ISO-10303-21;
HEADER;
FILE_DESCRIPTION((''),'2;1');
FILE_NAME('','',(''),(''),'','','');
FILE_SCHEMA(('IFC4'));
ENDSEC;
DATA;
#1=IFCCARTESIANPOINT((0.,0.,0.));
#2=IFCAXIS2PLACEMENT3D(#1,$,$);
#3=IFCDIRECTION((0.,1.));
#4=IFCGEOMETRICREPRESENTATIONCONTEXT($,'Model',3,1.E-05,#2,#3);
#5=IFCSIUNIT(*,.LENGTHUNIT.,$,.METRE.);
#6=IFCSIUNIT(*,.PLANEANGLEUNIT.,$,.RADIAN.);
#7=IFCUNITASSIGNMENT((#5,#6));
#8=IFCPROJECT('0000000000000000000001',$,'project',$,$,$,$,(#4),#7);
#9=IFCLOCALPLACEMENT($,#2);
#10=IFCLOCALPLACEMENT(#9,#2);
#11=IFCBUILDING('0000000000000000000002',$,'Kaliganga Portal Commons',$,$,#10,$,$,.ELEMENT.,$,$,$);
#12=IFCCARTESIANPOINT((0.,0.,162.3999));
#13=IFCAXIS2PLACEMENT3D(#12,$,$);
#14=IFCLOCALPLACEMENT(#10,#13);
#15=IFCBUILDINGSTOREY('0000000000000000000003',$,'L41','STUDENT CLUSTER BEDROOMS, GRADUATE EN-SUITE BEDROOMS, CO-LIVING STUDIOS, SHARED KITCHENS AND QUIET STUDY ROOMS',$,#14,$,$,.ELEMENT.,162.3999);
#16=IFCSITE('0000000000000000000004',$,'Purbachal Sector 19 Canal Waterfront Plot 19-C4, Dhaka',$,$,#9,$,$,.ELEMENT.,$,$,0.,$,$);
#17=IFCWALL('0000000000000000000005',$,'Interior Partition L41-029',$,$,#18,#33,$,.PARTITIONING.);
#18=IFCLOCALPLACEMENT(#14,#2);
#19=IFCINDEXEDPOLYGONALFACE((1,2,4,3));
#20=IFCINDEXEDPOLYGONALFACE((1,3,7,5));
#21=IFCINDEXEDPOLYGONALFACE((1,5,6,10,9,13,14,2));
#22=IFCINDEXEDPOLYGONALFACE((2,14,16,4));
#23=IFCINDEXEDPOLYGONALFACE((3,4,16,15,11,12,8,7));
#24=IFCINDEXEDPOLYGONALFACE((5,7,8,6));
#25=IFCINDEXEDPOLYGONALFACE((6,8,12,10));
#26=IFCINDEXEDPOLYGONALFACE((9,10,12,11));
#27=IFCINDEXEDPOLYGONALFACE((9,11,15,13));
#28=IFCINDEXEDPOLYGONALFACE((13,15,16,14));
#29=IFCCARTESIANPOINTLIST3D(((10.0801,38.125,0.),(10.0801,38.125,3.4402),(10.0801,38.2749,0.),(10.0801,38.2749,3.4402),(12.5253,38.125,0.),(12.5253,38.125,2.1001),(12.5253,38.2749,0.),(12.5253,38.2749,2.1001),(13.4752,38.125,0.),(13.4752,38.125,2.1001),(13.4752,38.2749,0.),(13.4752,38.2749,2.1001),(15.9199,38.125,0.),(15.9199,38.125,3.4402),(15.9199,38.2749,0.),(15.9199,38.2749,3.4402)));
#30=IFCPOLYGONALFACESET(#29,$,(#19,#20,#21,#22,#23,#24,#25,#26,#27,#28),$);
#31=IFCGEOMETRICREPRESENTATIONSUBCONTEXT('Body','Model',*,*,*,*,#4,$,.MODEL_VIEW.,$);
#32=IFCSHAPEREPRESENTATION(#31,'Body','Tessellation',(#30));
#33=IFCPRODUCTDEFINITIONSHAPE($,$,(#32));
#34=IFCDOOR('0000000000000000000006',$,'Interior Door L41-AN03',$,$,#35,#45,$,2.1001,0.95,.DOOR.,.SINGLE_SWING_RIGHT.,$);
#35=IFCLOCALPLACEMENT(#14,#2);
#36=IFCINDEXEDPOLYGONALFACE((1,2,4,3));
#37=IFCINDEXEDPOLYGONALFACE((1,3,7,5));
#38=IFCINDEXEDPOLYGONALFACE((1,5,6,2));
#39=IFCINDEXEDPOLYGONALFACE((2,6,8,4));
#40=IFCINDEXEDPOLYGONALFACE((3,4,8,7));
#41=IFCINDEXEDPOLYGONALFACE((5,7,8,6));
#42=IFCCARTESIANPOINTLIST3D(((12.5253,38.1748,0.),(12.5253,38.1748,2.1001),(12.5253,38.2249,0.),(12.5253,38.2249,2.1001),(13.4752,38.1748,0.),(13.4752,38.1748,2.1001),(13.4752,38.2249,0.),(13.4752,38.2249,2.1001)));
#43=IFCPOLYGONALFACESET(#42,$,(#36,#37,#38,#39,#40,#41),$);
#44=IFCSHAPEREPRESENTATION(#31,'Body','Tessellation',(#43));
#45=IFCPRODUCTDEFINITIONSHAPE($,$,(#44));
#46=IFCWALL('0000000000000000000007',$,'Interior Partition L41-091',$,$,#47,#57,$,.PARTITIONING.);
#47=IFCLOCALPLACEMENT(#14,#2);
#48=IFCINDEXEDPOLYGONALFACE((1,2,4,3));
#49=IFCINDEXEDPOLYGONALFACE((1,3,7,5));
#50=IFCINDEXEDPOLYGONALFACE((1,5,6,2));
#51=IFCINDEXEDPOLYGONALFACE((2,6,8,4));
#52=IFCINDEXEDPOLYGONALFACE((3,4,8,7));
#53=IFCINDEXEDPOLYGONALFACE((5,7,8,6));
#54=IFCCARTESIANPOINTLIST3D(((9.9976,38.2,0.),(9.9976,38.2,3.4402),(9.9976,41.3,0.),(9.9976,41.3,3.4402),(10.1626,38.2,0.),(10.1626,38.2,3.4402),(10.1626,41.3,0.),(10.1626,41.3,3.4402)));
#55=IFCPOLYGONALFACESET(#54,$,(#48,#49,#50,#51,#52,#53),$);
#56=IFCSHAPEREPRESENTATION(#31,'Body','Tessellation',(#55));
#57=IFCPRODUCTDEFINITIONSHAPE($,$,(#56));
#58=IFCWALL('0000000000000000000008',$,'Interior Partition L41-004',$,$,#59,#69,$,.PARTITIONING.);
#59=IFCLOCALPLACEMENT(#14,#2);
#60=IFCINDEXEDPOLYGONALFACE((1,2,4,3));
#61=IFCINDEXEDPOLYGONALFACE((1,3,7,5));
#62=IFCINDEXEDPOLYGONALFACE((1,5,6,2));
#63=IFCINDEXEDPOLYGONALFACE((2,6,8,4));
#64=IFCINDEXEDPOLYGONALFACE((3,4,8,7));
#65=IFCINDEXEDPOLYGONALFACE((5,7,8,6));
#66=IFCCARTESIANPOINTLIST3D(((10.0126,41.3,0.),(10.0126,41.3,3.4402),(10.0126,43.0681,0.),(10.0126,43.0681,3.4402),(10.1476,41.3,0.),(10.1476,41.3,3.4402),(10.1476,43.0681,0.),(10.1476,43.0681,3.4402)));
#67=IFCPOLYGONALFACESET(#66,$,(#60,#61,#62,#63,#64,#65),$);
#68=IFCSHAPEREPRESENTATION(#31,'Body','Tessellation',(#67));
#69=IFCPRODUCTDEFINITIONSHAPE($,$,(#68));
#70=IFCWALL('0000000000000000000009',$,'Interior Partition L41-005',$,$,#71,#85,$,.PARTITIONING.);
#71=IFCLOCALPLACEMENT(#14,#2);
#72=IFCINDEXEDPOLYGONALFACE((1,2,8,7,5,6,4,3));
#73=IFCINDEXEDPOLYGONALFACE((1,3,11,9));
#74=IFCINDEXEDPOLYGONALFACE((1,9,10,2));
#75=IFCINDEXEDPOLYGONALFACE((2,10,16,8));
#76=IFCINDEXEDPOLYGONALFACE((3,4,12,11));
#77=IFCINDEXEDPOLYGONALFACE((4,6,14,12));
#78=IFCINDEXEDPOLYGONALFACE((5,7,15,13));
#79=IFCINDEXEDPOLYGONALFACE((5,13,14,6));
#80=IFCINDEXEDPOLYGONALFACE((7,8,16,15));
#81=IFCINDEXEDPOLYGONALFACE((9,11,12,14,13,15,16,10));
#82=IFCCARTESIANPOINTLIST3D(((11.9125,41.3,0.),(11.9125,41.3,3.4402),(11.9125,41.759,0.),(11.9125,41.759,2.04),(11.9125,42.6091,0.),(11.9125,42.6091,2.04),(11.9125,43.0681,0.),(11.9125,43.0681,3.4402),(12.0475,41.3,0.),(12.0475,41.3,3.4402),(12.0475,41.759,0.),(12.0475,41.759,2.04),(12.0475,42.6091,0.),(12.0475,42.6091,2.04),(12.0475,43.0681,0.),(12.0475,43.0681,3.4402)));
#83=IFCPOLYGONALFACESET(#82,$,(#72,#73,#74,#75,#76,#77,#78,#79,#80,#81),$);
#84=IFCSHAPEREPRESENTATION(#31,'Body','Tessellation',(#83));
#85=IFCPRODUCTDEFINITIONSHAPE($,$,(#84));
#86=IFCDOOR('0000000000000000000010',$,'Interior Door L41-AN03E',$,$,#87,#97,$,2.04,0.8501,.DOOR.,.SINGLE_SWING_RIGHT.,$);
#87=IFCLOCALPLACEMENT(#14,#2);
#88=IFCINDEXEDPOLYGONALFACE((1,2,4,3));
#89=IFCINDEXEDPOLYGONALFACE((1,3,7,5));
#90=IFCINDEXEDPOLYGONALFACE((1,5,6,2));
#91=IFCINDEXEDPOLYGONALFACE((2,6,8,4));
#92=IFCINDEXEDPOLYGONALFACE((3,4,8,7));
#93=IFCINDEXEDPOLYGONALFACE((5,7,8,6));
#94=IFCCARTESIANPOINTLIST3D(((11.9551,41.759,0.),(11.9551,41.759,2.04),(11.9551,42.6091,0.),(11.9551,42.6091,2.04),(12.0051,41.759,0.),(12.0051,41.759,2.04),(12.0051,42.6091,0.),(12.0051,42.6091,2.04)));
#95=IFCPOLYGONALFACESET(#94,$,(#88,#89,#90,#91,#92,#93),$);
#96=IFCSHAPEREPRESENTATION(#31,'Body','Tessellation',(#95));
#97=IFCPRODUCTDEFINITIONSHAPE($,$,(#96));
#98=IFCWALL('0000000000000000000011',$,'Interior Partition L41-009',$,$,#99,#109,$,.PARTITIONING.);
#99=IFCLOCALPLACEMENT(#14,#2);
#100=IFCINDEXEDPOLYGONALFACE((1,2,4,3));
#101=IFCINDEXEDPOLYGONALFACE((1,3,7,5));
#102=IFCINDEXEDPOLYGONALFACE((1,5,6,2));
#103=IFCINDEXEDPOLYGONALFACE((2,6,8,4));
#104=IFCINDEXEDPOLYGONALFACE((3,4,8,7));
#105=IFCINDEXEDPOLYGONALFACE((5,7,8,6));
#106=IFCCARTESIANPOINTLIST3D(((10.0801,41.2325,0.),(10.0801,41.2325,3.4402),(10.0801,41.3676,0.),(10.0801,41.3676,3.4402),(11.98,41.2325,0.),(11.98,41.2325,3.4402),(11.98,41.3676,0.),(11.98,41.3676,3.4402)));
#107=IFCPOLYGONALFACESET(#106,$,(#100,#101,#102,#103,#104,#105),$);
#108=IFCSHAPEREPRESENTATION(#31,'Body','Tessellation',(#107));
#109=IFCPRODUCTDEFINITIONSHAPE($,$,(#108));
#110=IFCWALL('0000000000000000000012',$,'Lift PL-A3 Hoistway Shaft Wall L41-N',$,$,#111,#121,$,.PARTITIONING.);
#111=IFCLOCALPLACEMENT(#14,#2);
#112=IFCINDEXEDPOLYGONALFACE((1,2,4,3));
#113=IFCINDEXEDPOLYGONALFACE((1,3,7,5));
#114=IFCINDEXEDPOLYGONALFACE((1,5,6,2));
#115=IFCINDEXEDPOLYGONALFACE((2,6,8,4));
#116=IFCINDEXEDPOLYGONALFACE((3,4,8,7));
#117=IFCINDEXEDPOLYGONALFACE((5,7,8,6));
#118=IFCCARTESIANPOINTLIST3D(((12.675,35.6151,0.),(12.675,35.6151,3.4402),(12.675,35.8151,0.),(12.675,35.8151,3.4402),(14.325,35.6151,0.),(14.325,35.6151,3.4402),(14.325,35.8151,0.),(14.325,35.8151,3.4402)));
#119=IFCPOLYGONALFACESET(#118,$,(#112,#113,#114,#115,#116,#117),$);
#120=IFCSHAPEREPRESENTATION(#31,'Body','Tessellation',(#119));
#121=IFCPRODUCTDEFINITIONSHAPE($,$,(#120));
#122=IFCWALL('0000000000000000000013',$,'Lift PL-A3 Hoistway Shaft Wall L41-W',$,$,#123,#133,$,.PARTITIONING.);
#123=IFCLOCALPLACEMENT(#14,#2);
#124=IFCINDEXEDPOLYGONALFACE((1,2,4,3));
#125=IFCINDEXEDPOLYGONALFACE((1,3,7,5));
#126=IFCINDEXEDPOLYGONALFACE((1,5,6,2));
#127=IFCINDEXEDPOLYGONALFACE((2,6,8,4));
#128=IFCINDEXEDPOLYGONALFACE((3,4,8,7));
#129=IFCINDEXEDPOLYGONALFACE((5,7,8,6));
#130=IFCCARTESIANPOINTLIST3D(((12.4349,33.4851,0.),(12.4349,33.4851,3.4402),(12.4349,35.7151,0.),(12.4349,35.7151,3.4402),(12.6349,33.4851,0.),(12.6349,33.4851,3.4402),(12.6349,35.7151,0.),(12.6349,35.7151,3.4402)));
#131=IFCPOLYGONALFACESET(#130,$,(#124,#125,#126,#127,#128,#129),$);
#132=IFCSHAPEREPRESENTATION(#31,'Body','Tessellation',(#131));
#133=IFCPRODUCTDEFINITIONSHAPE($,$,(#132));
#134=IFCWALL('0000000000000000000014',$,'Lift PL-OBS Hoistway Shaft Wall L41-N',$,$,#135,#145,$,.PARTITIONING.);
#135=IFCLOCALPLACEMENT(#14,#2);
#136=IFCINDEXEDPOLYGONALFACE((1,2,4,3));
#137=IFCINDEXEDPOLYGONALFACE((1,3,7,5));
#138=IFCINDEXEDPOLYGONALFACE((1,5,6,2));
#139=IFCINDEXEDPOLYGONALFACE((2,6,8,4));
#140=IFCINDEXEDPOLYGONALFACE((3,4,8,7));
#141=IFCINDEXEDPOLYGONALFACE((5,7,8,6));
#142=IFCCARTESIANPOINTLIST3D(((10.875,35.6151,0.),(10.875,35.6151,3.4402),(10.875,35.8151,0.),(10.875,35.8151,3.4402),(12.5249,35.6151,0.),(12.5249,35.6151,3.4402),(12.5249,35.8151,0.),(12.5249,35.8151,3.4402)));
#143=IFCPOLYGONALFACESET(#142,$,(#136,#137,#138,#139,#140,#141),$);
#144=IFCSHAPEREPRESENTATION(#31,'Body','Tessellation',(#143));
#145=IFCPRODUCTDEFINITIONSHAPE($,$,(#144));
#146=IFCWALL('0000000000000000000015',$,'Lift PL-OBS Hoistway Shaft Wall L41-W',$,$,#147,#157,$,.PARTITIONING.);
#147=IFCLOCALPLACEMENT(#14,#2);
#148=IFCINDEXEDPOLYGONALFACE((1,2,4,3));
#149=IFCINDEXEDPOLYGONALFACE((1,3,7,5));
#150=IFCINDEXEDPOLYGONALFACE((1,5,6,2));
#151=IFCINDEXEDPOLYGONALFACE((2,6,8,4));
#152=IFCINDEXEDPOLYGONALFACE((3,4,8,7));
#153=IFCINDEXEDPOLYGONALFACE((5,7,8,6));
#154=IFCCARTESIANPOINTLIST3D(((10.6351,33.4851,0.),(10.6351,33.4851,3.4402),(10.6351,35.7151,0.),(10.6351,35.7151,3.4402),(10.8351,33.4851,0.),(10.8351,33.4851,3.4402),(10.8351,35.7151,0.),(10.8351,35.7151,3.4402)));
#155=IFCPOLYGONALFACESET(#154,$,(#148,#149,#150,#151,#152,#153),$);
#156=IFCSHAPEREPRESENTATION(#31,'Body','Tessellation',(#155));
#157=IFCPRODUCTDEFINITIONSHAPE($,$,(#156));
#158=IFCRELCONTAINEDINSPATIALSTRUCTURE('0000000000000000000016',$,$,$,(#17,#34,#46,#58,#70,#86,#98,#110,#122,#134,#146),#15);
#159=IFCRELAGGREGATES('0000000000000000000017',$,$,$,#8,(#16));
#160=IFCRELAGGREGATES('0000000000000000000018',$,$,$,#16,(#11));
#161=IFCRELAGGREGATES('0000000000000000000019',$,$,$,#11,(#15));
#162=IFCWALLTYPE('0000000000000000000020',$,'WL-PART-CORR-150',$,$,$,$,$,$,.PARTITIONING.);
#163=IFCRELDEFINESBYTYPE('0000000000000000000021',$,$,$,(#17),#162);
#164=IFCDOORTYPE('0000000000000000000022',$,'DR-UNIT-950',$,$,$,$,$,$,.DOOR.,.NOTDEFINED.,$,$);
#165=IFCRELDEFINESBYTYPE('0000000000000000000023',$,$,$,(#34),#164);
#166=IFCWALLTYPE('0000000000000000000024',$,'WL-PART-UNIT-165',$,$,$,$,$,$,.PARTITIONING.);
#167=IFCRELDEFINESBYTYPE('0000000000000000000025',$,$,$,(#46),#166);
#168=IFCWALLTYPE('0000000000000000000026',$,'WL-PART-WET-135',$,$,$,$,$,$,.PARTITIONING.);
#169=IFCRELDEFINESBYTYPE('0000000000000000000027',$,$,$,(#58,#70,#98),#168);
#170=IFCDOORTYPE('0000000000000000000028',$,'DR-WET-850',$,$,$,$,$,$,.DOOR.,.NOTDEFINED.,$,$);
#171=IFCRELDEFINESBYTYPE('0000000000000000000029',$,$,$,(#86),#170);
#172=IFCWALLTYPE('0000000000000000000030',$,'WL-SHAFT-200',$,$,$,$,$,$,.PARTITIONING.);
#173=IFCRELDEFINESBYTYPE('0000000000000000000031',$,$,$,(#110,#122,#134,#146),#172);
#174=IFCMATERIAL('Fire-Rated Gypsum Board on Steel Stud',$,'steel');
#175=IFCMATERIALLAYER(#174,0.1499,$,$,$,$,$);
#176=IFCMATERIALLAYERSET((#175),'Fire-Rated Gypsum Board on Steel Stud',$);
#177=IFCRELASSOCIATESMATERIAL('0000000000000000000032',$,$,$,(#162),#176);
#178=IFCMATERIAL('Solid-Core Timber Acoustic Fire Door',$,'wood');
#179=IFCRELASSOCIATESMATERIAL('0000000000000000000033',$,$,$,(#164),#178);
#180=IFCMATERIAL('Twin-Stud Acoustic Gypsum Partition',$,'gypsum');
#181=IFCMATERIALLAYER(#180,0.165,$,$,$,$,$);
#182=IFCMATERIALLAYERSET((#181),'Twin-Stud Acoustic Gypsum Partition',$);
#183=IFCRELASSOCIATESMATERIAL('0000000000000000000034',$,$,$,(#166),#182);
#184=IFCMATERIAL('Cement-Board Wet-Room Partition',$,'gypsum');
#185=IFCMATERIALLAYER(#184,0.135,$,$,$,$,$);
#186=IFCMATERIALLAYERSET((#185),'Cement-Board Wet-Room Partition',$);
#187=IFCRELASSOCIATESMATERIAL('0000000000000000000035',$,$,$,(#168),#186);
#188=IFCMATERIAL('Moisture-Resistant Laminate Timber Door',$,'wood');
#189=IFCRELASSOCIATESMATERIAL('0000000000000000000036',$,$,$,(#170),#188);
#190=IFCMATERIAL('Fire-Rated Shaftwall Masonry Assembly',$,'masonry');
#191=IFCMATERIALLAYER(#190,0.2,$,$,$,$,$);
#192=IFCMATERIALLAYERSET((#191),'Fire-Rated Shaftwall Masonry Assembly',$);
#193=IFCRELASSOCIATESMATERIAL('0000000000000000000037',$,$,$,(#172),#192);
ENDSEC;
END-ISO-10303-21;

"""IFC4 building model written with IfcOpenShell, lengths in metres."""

from ifc_helpers import new_model, si_unit, direction, frame, frame_2d, origin, place, context, subcontext, project, spatial, rectangle, extrude, material, layer, layer_set, type_object, element, fill, save


model = new_model("IFC4")

# Units and contexts
model_context = context("Model", 3, precision=1e-05, world=origin(), true_north=direction((0.0, 1.0)))
body_context = subcontext(model_context, "Body", "Model", "MODEL_VIEW")
ifc_project = project(units=[si_unit("LENGTHUNIT", "METRE"), si_unit("PLANEANGLEUNIT", "RADIAN")], contexts=[model_context])

# Site, building, storey
site_placement = place(None, origin())
site = spatial("IfcSite", under=ifc_project, at=site_placement, Name="Purbachal Sector 19 Canal Waterfront Plot 19-C4, Dhaka", CompositionType="ELEMENT", RefElevation=0.0)
building_placement = place(site_placement, origin())
building = spatial("IfcBuilding", under=site, at=building_placement, Name="Kaliganga Portal Commons", CompositionType="ELEMENT")
storey_placement = place(building_placement, frame((0.0, 0.0, 162.3999)))
storey = spatial("IfcBuildingStorey", under=building, at=storey_placement, Name="L41", Description="STUDENT CLUSTER BEDROOMS, GRADUATE EN-SUITE BEDROOMS, CO-LIVING STUDIOS, SHARED KITCHENS AND QUIET STUDY ROOMS", CompositionType="ELEMENT", Elevation=162.3999)

# Wall, opening, door
ifc_material_1 = material(Name="Fire-Rated Gypsum Board on Steel Stud", Category="steel")
ifc_layer_1 = layer(ifc_material_1, 0.1499)
ifc_layer_set_1 = layer_set([ifc_layer_1], Name="Fire-Rated Gypsum Board on Steel Stud")
wall_type_1 = type_object("IfcWallType", Name="WL-PART-CORR-150", PredefinedType="PARTITIONING", material=ifc_layer_set_1)
wall_1_placement = place(storey_placement, frame((10.0801, 38.2, 0.0), z_axis=(0.0, 0.0, 1.0), x_axis=(1.0, 0.0, 0.0)))
wall_1 = element("IfcWall", 1, at=wall_1_placement, inside=storey, type_object=wall_type_1, Name="Interior Partition L41-029", PredefinedType="PARTITIONING", context=body_context, shape_type="SweptSolid", body=[
    extrude(rectangle(XDim=5.8398, YDim=0.1499, at=frame_2d((2.9199, 0.0))), origin(), (0.0, 0.0, 1.0), 3.4402),
])
opening_1_placement = place(wall_1_placement, frame((2.4451, 0.0, 0.0)))
opening_1 = element("IfcOpeningElement", 2, at=opening_1_placement, cuts=wall_1, PredefinedType="OPENING", context=body_context, shape_type="SweptSolid", body=[
    extrude(rectangle(XDim=0.95, YDim=2.1001, at=frame_2d((0.4751, 1.05))), frame((0.0, 0.085, 0.0), z_axis=(0.0, -1.0, 0.0), x_axis=(1.0, 0.0, 0.0)), (0.0, 0.0, 1.0), 0.1699),
])
ifc_material_2 = material(Name="Solid-Core Timber Acoustic Fire Door", Category="wood")
door_type_1 = type_object("IfcDoorType", Name="DR-UNIT-950", OperationType="NOTDEFINED", PredefinedType="DOOR", material=ifc_material_2)
door_1_placement = place(opening_1_placement, origin())
door_1 = element("IfcDoor", 3, at=door_1_placement, inside=storey, type_object=door_type_1, Name="Interior Door L41-AN03", OperationType="SINGLE_SWING_RIGHT", OverallHeight=2.1001, OverallWidth=0.95, PredefinedType="DOOR", context=body_context, shape_type="SweptSolid", body=[
    extrude(rectangle(XDim=0.95, YDim=2.1001, at=frame_2d((0.4751, 1.05))), frame((0.0, 0.0249, 0.0), z_axis=(0.0, -1.0, 0.0), x_axis=(1.0, 0.0, 0.0)), (0.0, 0.0, 1.0), 0.05),
])
fill(opening_1, door_1)

# Walls
ifc_material_3 = material(Name="Twin-Stud Acoustic Gypsum Partition", Category="gypsum")
ifc_layer_2 = layer(ifc_material_3, 0.165)
ifc_layer_set_2 = layer_set([ifc_layer_2], Name="Twin-Stud Acoustic Gypsum Partition")
wall_type_2 = type_object("IfcWallType", Name="WL-PART-UNIT-165", PredefinedType="PARTITIONING", material=ifc_layer_set_2)
wall_2_placement = place(storey_placement, frame((10.0801, 38.2, 0.0), z_axis=(0.0, 0.0, 1.0), x_axis=(0.0, 1.0, 0.0)))
element("IfcWall", 4, at=wall_2_placement, inside=storey, type_object=wall_type_2, Name="Interior Partition L41-091", PredefinedType="PARTITIONING", context=body_context, shape_type="SweptSolid", body=[
    extrude(rectangle(XDim=3.1001, YDim=0.165, at=frame_2d((1.55, 0.0))), origin(), (0.0, 0.0, 1.0), 3.4402),
])
ifc_material_4 = material(Name="Cement-Board Wet-Room Partition", Category="gypsum")
ifc_layer_3 = layer(ifc_material_4, 0.135)
ifc_layer_set_3 = layer_set([ifc_layer_3], Name="Cement-Board Wet-Room Partition")
wall_type_3 = type_object("IfcWallType", Name="WL-PART-WET-135", PredefinedType="PARTITIONING", material=ifc_layer_set_3)
wall_3_placement = place(storey_placement, frame((10.0801, 41.3, 0.0), z_axis=(0.0, 0.0, 1.0), x_axis=(0.0, 1.0, 0.0)))
element("IfcWall", 5, at=wall_3_placement, inside=storey, type_object=wall_type_3, Name="Interior Partition L41-004", PredefinedType="PARTITIONING", context=body_context, shape_type="SweptSolid", body=[
    extrude(rectangle(XDim=1.7681, YDim=0.135, at=frame_2d((0.884, 0.0))), origin(), (0.0, 0.0, 1.0), 3.4402),
])

# Wall, opening, door
wall_4_placement = place(storey_placement, frame((11.98, 41.3, 0.0), z_axis=(0.0, 0.0, 1.0), x_axis=(0.0, 1.0, 0.0)))
wall_4 = element("IfcWall", 6, at=wall_4_placement, inside=storey, type_object=wall_type_3, Name="Interior Partition L41-005", PredefinedType="PARTITIONING", context=body_context, shape_type="SweptSolid", body=[
    extrude(rectangle(XDim=1.7681, YDim=0.135, at=frame_2d((0.884, 0.0))), origin(), (0.0, 0.0, 1.0), 3.4402),
])
opening_2_placement = place(wall_4_placement, frame((0.459, 0.0, 0.0)))
opening_2 = element("IfcOpeningElement", 7, at=opening_2_placement, cuts=wall_4, PredefinedType="OPENING", context=body_context, shape_type="SweptSolid", body=[
    extrude(rectangle(XDim=0.8501, YDim=2.04, at=frame_2d((0.425, 1.02))), frame((0.0, 0.0776, 0.0), z_axis=(0.0, -1.0, 0.0), x_axis=(1.0, 0.0, 0.0)), (0.0, 0.0, 1.0), 0.155),
])
ifc_material_5 = material(Name="Moisture-Resistant Laminate Timber Door", Category="wood")
door_type_2 = type_object("IfcDoorType", Name="DR-WET-850", OperationType="NOTDEFINED", PredefinedType="DOOR", material=ifc_material_5)
door_2_placement = place(opening_2_placement, origin())
door_2 = element("IfcDoor", 8, at=door_2_placement, inside=storey, type_object=door_type_2, Name="Interior Door L41-AN03E", OperationType="SINGLE_SWING_RIGHT", OverallHeight=2.04, OverallWidth=0.8501, PredefinedType="DOOR", context=body_context, shape_type="SweptSolid", body=[
    extrude(rectangle(XDim=0.8501, YDim=2.04, at=frame_2d((0.425, 1.02))), frame((0.0, 0.0249, 0.0), z_axis=(0.0, -1.0, 0.0), x_axis=(1.0, 0.0, 0.0)), (0.0, 0.0, 1.0), 0.05),
])
fill(opening_2, door_2)

# Wall
wall_5_placement = place(storey_placement, frame((10.0801, 41.3, 0.0), z_axis=(0.0, 0.0, 1.0), x_axis=(1.0, 0.0, 0.0)))
element("IfcWall", 9, at=wall_5_placement, inside=storey, type_object=wall_type_3, Name="Interior Partition L41-009", PredefinedType="PARTITIONING", context=body_context, shape_type="SweptSolid", body=[
    extrude(rectangle(XDim=1.8999, YDim=0.135, at=frame_2d((0.95, 0.0))), origin(), (0.0, 0.0, 1.0), 3.4402),
])

# Shared definitions
ifc_material_6 = material(Name="Fire-Rated Shaftwall Masonry Assembly", Category="masonry")
ifc_layer_4 = layer(ifc_material_6, 0.2)
ifc_layer_set_4 = layer_set([ifc_layer_4], Name="Fire-Rated Shaftwall Masonry Assembly")
wall_type_4 = type_object("IfcWallType", Name="WL-SHAFT-200", PredefinedType="PARTITIONING", material=ifc_layer_set_4)

# Walls
wall_6_placement = place(storey_placement, frame((12.675, 35.7151, 0.0), z_axis=(0.0, 0.0, 1.0), x_axis=(1.0, 0.0, 0.0)))
element("IfcWall", 10, at=wall_6_placement, inside=storey, type_object=wall_type_4, Name="Lift PL-A3 Hoistway Shaft Wall L41-N", PredefinedType="PARTITIONING", context=body_context, shape_type="SweptSolid", body=[
    extrude(rectangle(XDim=1.6499, YDim=0.2, at=frame_2d((0.825, 0.0))), origin(), (0.0, 0.0, 1.0), 3.4402),
])
wall_7_placement = place(storey_placement, frame((12.5349, 33.4851, 0.0), z_axis=(0.0, 0.0, 1.0), x_axis=(0.0, 1.0, 0.0)))
element("IfcWall", 11, at=wall_7_placement, inside=storey, type_object=wall_type_4, Name="Lift PL-A3 Hoistway Shaft Wall L41-W", PredefinedType="PARTITIONING", context=body_context, shape_type="SweptSolid", body=[
    extrude(rectangle(XDim=2.23, YDim=0.2, at=frame_2d((1.115, 0.0))), origin(), (0.0, 0.0, 1.0), 3.4402),
])

# Walls
wall_8_placement = place(storey_placement, frame((10.875, 35.7151, 0.0), z_axis=(0.0, 0.0, 1.0), x_axis=(1.0, 0.0, 0.0)))
element("IfcWall", 12, at=wall_8_placement, inside=storey, type_object=wall_type_4, Name="Lift PL-OBS Hoistway Shaft Wall L41-N", PredefinedType="PARTITIONING", context=body_context, shape_type="SweptSolid", body=[
    extrude(rectangle(XDim=1.6499, YDim=0.2, at=frame_2d((0.825, 0.0))), origin(), (0.0, 0.0, 1.0), 3.4402),
])
wall_9_placement = place(storey_placement, frame((10.7351, 33.4851, 0.0), z_axis=(0.0, 0.0, 1.0), x_axis=(0.0, 1.0, 0.0)))
element("IfcWall", 13, at=wall_9_placement, inside=storey, type_object=wall_type_4, Name="Lift PL-OBS Hoistway Shaft Wall L41-W", PredefinedType="PARTITIONING", context=body_context, shape_type="SweptSolid", body=[
    extrude(rectangle(XDim=2.23, YDim=0.2, at=frame_2d((1.115, 0.0))), origin(), (0.0, 0.0, 1.0), 3.4402),
])

save(model, "model.ifc")
